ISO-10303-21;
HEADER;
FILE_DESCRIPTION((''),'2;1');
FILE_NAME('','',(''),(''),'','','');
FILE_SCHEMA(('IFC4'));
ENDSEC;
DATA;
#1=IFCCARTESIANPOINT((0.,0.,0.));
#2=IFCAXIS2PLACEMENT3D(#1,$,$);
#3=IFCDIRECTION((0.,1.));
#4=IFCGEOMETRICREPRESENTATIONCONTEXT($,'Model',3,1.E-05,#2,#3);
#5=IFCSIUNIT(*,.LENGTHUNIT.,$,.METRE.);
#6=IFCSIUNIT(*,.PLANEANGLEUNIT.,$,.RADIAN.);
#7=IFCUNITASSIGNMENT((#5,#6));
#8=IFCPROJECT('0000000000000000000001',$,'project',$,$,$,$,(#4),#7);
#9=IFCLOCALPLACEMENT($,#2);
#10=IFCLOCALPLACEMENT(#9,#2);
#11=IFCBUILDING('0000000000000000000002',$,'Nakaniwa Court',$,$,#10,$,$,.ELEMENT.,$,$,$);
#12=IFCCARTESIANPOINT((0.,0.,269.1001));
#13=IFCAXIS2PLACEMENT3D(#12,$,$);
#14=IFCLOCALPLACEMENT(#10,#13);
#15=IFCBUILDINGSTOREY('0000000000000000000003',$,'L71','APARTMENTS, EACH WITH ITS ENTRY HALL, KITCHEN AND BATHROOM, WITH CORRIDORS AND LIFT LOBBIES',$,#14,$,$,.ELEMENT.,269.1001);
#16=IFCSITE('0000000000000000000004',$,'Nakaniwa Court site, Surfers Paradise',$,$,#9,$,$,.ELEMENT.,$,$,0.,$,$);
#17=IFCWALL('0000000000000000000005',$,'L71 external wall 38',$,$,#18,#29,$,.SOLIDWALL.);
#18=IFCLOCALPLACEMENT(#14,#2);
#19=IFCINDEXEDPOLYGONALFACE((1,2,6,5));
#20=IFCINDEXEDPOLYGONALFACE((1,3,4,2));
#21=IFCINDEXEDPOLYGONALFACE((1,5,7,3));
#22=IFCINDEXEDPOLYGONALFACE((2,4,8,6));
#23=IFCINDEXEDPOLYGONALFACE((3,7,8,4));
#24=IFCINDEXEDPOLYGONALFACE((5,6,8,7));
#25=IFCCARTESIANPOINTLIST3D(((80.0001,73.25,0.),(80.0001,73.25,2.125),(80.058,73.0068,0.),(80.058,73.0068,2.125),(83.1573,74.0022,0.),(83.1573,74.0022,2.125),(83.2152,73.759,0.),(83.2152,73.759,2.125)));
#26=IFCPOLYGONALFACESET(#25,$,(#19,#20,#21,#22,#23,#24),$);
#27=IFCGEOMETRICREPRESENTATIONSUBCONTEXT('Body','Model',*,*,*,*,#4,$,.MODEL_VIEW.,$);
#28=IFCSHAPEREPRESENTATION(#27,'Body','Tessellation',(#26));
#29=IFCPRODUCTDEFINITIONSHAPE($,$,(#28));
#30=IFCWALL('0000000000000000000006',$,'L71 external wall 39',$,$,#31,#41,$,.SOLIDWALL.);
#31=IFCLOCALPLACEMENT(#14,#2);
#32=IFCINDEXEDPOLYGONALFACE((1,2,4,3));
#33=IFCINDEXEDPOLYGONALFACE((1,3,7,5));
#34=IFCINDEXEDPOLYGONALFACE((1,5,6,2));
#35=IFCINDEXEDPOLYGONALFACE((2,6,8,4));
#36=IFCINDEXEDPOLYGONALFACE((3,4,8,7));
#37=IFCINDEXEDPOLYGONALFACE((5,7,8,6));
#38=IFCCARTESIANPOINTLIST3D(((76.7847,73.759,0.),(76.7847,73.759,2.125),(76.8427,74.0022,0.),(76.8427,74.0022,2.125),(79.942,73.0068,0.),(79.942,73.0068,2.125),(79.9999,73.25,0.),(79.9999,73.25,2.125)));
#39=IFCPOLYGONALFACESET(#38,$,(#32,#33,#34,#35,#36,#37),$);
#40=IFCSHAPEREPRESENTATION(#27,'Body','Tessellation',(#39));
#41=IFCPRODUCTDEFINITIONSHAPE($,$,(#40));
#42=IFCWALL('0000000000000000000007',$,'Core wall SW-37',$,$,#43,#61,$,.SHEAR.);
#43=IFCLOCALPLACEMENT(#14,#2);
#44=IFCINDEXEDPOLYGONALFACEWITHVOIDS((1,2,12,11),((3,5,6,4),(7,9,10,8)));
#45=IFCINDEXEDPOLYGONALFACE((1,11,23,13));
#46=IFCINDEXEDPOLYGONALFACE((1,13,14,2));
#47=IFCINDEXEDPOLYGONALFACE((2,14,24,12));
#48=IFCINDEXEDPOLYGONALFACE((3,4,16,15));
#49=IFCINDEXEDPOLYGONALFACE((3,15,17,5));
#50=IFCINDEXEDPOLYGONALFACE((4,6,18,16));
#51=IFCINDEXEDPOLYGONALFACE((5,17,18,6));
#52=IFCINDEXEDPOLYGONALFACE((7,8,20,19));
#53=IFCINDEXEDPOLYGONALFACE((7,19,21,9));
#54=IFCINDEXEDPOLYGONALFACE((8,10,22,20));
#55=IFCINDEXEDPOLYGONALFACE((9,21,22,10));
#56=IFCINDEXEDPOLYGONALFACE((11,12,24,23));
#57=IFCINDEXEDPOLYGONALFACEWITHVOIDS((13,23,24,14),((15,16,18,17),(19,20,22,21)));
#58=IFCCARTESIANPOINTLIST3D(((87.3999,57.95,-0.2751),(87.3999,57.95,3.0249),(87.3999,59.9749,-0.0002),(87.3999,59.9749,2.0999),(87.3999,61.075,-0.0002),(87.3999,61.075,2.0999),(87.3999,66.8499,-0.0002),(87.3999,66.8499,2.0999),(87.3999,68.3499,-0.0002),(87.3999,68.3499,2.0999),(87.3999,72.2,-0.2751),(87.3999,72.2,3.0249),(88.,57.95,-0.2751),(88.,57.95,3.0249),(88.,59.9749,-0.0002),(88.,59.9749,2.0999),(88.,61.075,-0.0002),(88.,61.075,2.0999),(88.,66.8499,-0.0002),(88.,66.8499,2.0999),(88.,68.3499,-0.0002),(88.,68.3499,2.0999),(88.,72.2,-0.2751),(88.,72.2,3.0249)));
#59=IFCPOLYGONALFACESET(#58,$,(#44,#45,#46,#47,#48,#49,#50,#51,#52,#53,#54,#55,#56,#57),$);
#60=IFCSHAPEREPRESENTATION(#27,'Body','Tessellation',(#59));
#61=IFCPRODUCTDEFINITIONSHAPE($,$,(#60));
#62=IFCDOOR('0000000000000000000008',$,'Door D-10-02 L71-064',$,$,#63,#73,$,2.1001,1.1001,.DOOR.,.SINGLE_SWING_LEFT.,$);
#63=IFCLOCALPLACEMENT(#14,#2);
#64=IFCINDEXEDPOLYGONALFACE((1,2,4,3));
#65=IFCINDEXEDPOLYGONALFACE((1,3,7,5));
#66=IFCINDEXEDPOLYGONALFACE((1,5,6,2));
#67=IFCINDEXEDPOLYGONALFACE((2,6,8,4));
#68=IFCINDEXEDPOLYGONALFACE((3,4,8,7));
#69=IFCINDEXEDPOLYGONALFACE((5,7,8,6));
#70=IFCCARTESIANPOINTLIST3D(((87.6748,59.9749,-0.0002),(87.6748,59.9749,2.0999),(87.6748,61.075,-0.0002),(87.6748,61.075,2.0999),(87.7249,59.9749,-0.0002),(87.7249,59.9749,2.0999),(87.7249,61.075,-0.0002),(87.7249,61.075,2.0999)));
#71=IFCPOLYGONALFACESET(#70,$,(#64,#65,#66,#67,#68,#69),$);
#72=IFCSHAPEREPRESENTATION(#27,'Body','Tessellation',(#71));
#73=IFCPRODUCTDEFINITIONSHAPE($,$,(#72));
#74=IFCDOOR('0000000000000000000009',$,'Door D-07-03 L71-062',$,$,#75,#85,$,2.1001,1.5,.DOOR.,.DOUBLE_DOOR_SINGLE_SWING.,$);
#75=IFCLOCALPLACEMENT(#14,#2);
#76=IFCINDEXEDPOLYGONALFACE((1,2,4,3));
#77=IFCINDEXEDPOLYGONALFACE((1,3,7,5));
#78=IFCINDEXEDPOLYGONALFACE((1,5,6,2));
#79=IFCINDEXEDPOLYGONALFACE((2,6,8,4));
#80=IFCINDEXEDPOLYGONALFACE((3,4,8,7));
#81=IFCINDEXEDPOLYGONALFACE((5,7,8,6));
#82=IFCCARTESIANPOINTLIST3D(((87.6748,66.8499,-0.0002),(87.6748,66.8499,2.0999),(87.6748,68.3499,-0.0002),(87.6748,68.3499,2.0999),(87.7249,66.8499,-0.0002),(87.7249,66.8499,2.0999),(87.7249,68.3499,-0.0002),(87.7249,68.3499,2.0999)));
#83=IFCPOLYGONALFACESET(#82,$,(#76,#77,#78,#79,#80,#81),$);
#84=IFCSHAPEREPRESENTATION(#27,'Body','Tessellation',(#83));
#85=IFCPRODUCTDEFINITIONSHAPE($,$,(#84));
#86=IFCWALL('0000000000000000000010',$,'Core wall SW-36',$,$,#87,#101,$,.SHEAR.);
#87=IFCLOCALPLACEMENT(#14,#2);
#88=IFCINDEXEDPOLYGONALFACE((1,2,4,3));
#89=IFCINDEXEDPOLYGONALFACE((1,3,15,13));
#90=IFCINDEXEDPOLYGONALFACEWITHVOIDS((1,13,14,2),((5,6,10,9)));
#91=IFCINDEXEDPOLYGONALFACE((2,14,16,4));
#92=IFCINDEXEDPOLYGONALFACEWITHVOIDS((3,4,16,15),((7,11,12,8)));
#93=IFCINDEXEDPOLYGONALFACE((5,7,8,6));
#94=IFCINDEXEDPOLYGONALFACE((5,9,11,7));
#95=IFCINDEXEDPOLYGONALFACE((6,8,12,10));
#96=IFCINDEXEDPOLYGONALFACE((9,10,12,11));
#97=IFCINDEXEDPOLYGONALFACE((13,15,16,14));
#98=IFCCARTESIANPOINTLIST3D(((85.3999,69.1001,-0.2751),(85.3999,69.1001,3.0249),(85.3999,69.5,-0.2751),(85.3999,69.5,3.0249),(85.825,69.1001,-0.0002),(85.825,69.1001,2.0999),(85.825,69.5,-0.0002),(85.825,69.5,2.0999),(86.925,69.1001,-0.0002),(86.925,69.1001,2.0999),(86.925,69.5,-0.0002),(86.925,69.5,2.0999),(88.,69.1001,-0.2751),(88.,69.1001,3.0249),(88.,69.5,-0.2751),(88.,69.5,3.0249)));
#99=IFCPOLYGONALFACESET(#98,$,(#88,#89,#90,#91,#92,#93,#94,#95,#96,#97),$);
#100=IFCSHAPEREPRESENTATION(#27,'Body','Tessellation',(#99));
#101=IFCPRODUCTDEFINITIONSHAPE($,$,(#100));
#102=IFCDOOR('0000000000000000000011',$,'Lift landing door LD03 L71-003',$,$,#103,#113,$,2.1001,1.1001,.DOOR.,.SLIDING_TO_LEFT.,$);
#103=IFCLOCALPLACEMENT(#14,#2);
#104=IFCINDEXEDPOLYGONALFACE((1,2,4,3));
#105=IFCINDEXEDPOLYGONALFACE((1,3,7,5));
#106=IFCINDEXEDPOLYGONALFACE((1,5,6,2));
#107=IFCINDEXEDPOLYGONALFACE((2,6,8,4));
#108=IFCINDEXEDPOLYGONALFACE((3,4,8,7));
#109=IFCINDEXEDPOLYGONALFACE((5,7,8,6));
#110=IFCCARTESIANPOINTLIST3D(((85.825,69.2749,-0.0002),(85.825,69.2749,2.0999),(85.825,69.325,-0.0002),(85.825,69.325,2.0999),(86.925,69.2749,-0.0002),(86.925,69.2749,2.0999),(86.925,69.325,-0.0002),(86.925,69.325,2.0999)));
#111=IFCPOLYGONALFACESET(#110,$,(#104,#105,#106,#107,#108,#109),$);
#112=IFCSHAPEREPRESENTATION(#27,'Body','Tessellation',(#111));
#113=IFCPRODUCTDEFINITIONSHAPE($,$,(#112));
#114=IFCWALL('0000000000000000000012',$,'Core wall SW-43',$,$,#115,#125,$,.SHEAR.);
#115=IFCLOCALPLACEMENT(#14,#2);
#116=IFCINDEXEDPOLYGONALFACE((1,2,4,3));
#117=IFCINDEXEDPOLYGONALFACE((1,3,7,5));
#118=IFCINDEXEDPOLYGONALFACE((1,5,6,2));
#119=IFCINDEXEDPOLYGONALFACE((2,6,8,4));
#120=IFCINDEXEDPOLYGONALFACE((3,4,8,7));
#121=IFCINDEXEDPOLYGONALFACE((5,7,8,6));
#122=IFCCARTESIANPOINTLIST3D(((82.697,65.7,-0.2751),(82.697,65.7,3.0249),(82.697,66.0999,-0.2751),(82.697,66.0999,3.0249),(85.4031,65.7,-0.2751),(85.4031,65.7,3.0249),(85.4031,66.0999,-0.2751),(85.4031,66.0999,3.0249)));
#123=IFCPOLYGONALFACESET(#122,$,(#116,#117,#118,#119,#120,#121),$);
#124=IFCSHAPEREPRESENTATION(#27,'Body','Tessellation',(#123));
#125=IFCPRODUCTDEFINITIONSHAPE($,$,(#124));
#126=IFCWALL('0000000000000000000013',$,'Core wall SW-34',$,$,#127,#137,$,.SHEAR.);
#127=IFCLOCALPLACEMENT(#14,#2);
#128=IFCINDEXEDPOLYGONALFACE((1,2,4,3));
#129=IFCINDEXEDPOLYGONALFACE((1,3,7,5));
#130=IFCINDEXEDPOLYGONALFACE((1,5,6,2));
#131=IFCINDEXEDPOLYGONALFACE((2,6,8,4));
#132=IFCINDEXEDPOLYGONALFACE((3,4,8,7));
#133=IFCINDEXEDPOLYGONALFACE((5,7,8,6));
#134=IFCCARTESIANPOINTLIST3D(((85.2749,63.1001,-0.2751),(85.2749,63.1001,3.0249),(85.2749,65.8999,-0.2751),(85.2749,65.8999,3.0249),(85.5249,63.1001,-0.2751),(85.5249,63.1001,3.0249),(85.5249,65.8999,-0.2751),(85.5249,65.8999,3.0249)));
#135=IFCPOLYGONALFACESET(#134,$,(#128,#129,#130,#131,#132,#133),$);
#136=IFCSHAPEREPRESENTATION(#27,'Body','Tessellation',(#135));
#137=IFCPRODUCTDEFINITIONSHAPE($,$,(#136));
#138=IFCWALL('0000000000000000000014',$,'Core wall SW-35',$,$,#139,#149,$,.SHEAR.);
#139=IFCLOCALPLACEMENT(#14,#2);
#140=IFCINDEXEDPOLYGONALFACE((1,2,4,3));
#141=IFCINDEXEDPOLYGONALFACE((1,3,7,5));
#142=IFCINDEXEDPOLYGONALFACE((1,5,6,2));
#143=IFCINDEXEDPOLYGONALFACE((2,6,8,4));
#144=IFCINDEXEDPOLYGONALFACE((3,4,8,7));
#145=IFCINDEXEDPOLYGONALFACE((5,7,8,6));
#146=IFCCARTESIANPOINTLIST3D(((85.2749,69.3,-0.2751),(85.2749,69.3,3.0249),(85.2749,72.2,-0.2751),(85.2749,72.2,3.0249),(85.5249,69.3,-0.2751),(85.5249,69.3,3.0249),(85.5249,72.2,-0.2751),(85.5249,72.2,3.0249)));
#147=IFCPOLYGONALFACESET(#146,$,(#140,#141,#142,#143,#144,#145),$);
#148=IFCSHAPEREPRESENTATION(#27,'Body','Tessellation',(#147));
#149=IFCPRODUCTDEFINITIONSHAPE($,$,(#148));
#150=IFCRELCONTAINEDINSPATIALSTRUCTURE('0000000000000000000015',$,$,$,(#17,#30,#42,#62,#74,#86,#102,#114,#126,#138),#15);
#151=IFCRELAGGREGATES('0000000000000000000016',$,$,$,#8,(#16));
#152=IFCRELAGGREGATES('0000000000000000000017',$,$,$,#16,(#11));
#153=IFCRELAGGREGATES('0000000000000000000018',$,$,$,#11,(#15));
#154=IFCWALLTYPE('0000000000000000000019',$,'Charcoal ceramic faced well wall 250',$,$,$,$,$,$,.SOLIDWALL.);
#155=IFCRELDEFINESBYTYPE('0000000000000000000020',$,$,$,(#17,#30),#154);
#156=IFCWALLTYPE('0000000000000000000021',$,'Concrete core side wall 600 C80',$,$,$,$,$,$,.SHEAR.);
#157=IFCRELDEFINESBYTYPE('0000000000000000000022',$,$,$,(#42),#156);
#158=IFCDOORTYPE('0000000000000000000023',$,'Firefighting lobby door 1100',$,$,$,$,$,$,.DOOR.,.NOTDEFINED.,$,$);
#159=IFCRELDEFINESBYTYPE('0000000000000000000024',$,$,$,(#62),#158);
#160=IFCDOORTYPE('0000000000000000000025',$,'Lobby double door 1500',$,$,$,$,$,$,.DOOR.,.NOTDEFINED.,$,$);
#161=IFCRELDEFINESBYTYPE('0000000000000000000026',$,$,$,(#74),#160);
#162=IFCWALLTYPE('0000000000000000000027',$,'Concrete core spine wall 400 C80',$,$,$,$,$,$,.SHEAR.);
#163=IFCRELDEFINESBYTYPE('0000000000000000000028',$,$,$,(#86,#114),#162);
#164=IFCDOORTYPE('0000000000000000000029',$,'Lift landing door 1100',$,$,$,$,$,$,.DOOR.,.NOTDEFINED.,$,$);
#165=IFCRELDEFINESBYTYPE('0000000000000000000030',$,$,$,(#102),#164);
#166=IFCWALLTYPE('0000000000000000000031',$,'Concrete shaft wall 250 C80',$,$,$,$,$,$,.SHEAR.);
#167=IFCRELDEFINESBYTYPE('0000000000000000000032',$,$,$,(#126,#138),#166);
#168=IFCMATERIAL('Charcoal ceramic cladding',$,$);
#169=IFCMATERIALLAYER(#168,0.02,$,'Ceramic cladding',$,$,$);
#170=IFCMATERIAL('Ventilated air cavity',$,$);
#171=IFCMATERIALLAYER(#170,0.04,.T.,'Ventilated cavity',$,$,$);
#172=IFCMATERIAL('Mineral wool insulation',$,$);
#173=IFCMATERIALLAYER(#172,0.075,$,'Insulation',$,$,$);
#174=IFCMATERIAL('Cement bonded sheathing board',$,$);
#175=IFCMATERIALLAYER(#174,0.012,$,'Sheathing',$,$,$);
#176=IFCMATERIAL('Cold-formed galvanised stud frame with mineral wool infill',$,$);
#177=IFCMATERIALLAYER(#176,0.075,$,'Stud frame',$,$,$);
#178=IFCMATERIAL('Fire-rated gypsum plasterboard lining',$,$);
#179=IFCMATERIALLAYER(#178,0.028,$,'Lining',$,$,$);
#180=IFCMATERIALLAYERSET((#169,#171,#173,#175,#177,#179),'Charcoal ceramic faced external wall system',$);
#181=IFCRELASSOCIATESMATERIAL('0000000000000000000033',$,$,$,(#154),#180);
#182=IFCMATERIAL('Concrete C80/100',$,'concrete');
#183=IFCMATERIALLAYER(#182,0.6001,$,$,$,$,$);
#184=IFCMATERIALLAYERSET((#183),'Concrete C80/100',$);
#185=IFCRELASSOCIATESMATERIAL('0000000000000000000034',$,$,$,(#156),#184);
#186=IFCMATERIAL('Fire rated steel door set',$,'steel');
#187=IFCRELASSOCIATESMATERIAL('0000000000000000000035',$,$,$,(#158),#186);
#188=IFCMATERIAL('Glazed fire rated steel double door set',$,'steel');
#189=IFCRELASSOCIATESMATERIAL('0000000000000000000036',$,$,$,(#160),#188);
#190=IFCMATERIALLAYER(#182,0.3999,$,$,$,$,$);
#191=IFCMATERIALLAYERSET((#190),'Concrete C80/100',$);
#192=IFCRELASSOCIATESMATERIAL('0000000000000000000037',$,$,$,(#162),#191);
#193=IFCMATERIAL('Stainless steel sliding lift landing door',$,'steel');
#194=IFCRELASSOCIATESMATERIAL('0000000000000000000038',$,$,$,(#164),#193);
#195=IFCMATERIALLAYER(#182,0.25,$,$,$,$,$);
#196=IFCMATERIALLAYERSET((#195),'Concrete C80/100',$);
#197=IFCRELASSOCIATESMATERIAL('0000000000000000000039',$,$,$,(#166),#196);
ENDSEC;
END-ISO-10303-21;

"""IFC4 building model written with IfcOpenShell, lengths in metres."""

from ifc_helpers import new_model, si_unit, direction, frame, frame_2d, origin, place, context, subcontext, project, spatial, rectangle, extrude, material, layer, layer_set, type_object, element, fill, save


model = new_model("IFC4")

# Units and contexts
model_context = context("Model", 3, precision=1e-05, world=origin(), true_north=direction((0.0, 1.0)))
body_context = subcontext(model_context, "Body", "Model", "MODEL_VIEW")
ifc_project = project(units=[si_unit("LENGTHUNIT", "METRE"), si_unit("PLANEANGLEUNIT", "RADIAN")], contexts=[model_context])

# Site, building, storey
site_placement = place(None, origin())
site = spatial("IfcSite", under=ifc_project, at=site_placement, Name="Nakaniwa Court site, Surfers Paradise", CompositionType="ELEMENT", RefElevation=0.0)
building_placement = place(site_placement, origin())
building = spatial("IfcBuilding", under=site, at=building_placement, Name="Nakaniwa Court", CompositionType="ELEMENT")
storey_placement = place(building_placement, frame((0.0, 0.0, 269.1001)))
storey = spatial("IfcBuildingStorey", under=building, at=storey_placement, Name="L71", Description="APARTMENTS, EACH WITH ITS ENTRY HALL, KITCHEN AND BATHROOM, WITH CORRIDORS AND LIFT LOBBIES", CompositionType="ELEMENT", Elevation=269.1001)

# Shared definitions
ifc_material_1 = material(Name="Concrete C80/100", Category="concrete")

# Shared definitions
ifc_material_2 = material(Name="Fire rated steel door set", Category="steel")

# Walls
ifc_material_3 = material(Name="Charcoal ceramic cladding")
ifc_layer_1 = layer(ifc_material_3, 0.02, Name="Ceramic cladding")
ifc_material_4 = material(Name="Ventilated air cavity")
ifc_layer_2 = layer(ifc_material_4, 0.04, ventilated=True, Name="Ventilated cavity")
ifc_material_5 = material(Name="Mineral wool insulation")
ifc_layer_3 = layer(ifc_material_5, 0.075, Name="Insulation")
ifc_material_6 = material(Name="Cement bonded sheathing board")
ifc_layer_4 = layer(ifc_material_6, 0.012, Name="Sheathing")
ifc_material_7 = material(Name="Cold-formed galvanised stud frame with mineral wool infill")
ifc_layer_5 = layer(ifc_material_7, 0.075, Name="Stud frame")
ifc_material_8 = material(Name="Fire-rated gypsum plasterboard lining")
ifc_layer_6 = layer(ifc_material_8, 0.028, Name="Lining")
ifc_layer_set_1 = layer_set([ifc_layer_1, ifc_layer_2, ifc_layer_3, ifc_layer_4, ifc_layer_5, ifc_layer_6], Name="Charcoal ceramic faced external wall system")
wall_type_1 = type_object("IfcWallType", Name="Charcoal ceramic faced well wall 250", PredefinedType="SOLIDWALL", material=ifc_layer_set_1)
for number, where, z_axis, x_axis, name in (
    (1, (83.1863, 73.8806, 0.0), (0.0, 0.0, 1.0), (-0.972773, -0.23176, 0.0), "L71 external wall 38"),
    (2, (79.9709, 73.1284, 0.0), (0.0, 0.0, 1.0), (-0.972773, 0.23176, 0.0), "L71 external wall 39"),
):
    element("IfcWall", number, at=place(storey_placement, frame(where, z_axis=z_axis, x_axis=x_axis)), inside=storey, type_object=wall_type_1, Name=name, PredefinedType="SOLIDWALL", context=body_context, shape_type="SweptSolid", body=[
        extrude(rectangle(XDim=3.2456, YDim=0.25, at=frame_2d((1.6228, 0.0))), origin(), (0.0, 0.0, 1.0), 2.125),
    ])

# Wall, openings, doors
ifc_layer_7 = layer(ifc_material_1, 0.6001)
ifc_layer_set_2 = layer_set([ifc_layer_7], Name="Concrete C80/100")
wall_type_2 = type_object("IfcWallType", Name="Concrete core side wall 600 C80", PredefinedType="SHEAR", material=ifc_layer_set_2)
wall_1_placement = place(storey_placement, frame((87.7, 72.2, -0.2751), z_axis=(0.0, 0.0, 1.0), x_axis=(0.0, -1.0, 0.0)))
wall_1 = element("IfcWall", 3, at=wall_1_placement, inside=storey, type_object=wall_type_2, Name="Core wall SW-37", PredefinedType="SHEAR", context=body_context, shape_type="SweptSolid", body=[
    extrude(rectangle(XDim=14.25, YDim=0.6001, at=frame_2d((7.125, 0.0))), origin(), (0.0, 0.0, 1.0), 3.3),
])
opening_1_placement = place(wall_1_placement, frame((3.8501, 0.0, 0.2749)))
opening_1 = element("IfcOpeningElement", 4, at=opening_1_placement, cuts=wall_1, PredefinedType="OPENING", context=body_context, shape_type="SweptSolid", body=[
    extrude(rectangle(XDim=1.5, YDim=2.1001, at=frame_2d((0.75, 1.05))), frame((0.0, 0.3101, 0.0), z_axis=(0.0, -1.0, 0.0), x_axis=(1.0, 0.0, 0.0)), (0.0, 0.0, 1.0), 0.6201),
])
opening_2_placement = place(wall_1_placement, frame((11.125, 0.0, 0.2749)))
opening_2 = element("IfcOpeningElement", 5, at=opening_2_placement, cuts=wall_1, PredefinedType="OPENING", context=body_context, shape_type="SweptSolid", body=[
    extrude(rectangle(XDim=1.1001, YDim=2.1001, at=frame_2d((0.55, 1.05))), frame((0.0, 0.3101, 0.0), z_axis=(0.0, -1.0, 0.0), x_axis=(1.0, 0.0, 0.0)), (0.0, 0.0, 1.0), 0.6201),
])
door_type_1 = type_object("IfcDoorType", Name="Firefighting lobby door 1100", OperationType="NOTDEFINED", PredefinedType="DOOR", material=ifc_material_2)
door_1_placement = place(opening_2_placement, origin())
door_1 = element("IfcDoor", 6, at=door_1_placement, inside=storey, type_object=door_type_1, Name="Door D-10-02 L71-064", OperationType="SINGLE_SWING_LEFT", OverallHeight=2.1001, OverallWidth=1.1001, PredefinedType="DOOR", context=body_context, shape_type="SweptSolid", body=[
    extrude(rectangle(XDim=1.1001, YDim=2.1001, at=frame_2d((0.55, 1.05))), frame((0.0, 0.0249, 0.0), z_axis=(0.0, -1.0, 0.0), x_axis=(1.0, 0.0, 0.0)), (0.0, 0.0, 1.0), 0.05),
])
fill(opening_2, door_1)
ifc_material_9 = material(Name="Glazed fire rated steel double door set", Category="steel")
door_type_2 = type_object("IfcDoorType", Name="Lobby double door 1500", OperationType="NOTDEFINED", PredefinedType="DOOR", material=ifc_material_9)
door_2_placement = place(opening_1_placement, origin())
door_2 = element("IfcDoor", 7, at=door_2_placement, inside=storey, type_object=door_type_2, Name="Door D-07-03 L71-062", OperationType="DOUBLE_DOOR_SINGLE_SWING", OverallHeight=2.1001, OverallWidth=1.5, PredefinedType="DOOR", context=body_context, shape_type="SweptSolid", body=[
    extrude(rectangle(XDim=1.5, YDim=2.1001, at=frame_2d((0.75, 1.05))), frame((0.0, 0.0249, 0.0), z_axis=(0.0, -1.0, 0.0), x_axis=(1.0, 0.0, 0.0)), (0.0, 0.0, 1.0), 0.05),
])
fill(opening_1, door_2)

# Wall, opening, door
ifc_layer_8 = layer(ifc_material_1, 0.3999)
ifc_layer_set_3 = layer_set([ifc_layer_8], Name="Concrete C80/100")
wall_type_3 = type_object("IfcWallType", Name="Concrete core spine wall 400 C80", PredefinedType="SHEAR", material=ifc_layer_set_3)
wall_2_placement = place(storey_placement, frame((85.3999, 69.3, -0.2751), z_axis=(0.0, 0.0, 1.0), x_axis=(1.0, 0.0, 0.0)))
wall_2 = element("IfcWall", 8, at=wall_2_placement, inside=storey, type_object=wall_type_3, Name="Core wall SW-36", PredefinedType="SHEAR", context=body_context, shape_type="SweptSolid", body=[
    extrude(rectangle(XDim=2.6001, YDim=0.3999, at=frame_2d((1.3, 0.0))), origin(), (0.0, 0.0, 1.0), 3.3),
])
opening_3_placement = place(wall_2_placement, frame((0.425, 0.0, 0.2749)))
opening_3 = element("IfcOpeningElement", 9, at=opening_3_placement, cuts=wall_2, PredefinedType="OPENING", context=body_context, shape_type="SweptSolid", body=[
    extrude(rectangle(XDim=1.1001, YDim=2.1001, at=frame_2d((0.55, 1.05))), frame((0.0, 0.21, 0.0), z_axis=(0.0, -1.0, 0.0), x_axis=(1.0, 0.0, 0.0)), (0.0, 0.0, 1.0), 0.4199),
])
ifc_material_10 = material(Name="Stainless steel sliding lift landing door", Category="steel")
door_type_3 = type_object("IfcDoorType", Name="Lift landing door 1100", OperationType="NOTDEFINED", PredefinedType="DOOR", material=ifc_material_10)
door_3_placement = place(opening_3_placement, origin())
door_3 = element("IfcDoor", 10, at=door_3_placement, inside=storey, type_object=door_type_3, Name="Lift landing door LD03 L71-003", OperationType="SLIDING_TO_LEFT", OverallHeight=2.1001, OverallWidth=1.1001, PredefinedType="DOOR", context=body_context, shape_type="SweptSolid", body=[
    extrude(rectangle(XDim=1.1001, YDim=2.1001, at=frame_2d((0.55, 1.05))), frame((0.0, 0.0249, 0.0), z_axis=(0.0, -1.0, 0.0), x_axis=(1.0, 0.0, 0.0)), (0.0, 0.0, 1.0), 0.05),
])
fill(opening_3, door_3)

# Walls
wall_3_placement = place(storey_placement, frame((82.697, 65.8999, -0.2751), z_axis=(0.0, 0.0, 1.0), x_axis=(1.0, 0.0, 0.0)))
element("IfcWall", 11, at=wall_3_placement, inside=storey, type_object=wall_type_3, Name="Core wall SW-43", PredefinedType="SHEAR", context=body_context, shape_type="SweptSolid", body=[
    extrude(rectangle(XDim=2.7061, YDim=0.3999, at=frame_2d((1.353, 0.0))), origin(), (0.0, 0.0, 1.0), 3.3),
])
ifc_layer_9 = layer(ifc_material_1, 0.25)
ifc_layer_set_4 = layer_set([ifc_layer_9], Name="Concrete C80/100")
wall_type_4 = type_object("IfcWallType", Name="Concrete shaft wall 250 C80", PredefinedType="SHEAR", material=ifc_layer_set_4)
wall_4_placement = place(storey_placement, frame((85.3999, 63.1001, -0.2751), z_axis=(0.0, 0.0, 1.0), x_axis=(0.0, 1.0, 0.0)))
element("IfcWall", 12, at=wall_4_placement, inside=storey, type_object=wall_type_4, Name="Core wall SW-34", PredefinedType="SHEAR", context=body_context, shape_type="SweptSolid", body=[
    extrude(rectangle(XDim=2.7998, YDim=0.25, at=frame_2d((1.3999, 0.0))), origin(), (0.0, 0.0, 1.0), 3.3),
])
wall_5_placement = place(storey_placement, frame((85.3999, 69.3, -0.2751), z_axis=(0.0, 0.0, 1.0), x_axis=(0.0, 1.0, 0.0)))
element("IfcWall", 13, at=wall_5_placement, inside=storey, type_object=wall_type_4, Name="Core wall SW-35", PredefinedType="SHEAR", context=body_context, shape_type="SweptSolid", body=[
    extrude(rectangle(XDim=2.8999, YDim=0.25, at=frame_2d((1.45, 0.0))), origin(), (0.0, 0.0, 1.0), 3.3),
])

save(model, "model.ifc")
